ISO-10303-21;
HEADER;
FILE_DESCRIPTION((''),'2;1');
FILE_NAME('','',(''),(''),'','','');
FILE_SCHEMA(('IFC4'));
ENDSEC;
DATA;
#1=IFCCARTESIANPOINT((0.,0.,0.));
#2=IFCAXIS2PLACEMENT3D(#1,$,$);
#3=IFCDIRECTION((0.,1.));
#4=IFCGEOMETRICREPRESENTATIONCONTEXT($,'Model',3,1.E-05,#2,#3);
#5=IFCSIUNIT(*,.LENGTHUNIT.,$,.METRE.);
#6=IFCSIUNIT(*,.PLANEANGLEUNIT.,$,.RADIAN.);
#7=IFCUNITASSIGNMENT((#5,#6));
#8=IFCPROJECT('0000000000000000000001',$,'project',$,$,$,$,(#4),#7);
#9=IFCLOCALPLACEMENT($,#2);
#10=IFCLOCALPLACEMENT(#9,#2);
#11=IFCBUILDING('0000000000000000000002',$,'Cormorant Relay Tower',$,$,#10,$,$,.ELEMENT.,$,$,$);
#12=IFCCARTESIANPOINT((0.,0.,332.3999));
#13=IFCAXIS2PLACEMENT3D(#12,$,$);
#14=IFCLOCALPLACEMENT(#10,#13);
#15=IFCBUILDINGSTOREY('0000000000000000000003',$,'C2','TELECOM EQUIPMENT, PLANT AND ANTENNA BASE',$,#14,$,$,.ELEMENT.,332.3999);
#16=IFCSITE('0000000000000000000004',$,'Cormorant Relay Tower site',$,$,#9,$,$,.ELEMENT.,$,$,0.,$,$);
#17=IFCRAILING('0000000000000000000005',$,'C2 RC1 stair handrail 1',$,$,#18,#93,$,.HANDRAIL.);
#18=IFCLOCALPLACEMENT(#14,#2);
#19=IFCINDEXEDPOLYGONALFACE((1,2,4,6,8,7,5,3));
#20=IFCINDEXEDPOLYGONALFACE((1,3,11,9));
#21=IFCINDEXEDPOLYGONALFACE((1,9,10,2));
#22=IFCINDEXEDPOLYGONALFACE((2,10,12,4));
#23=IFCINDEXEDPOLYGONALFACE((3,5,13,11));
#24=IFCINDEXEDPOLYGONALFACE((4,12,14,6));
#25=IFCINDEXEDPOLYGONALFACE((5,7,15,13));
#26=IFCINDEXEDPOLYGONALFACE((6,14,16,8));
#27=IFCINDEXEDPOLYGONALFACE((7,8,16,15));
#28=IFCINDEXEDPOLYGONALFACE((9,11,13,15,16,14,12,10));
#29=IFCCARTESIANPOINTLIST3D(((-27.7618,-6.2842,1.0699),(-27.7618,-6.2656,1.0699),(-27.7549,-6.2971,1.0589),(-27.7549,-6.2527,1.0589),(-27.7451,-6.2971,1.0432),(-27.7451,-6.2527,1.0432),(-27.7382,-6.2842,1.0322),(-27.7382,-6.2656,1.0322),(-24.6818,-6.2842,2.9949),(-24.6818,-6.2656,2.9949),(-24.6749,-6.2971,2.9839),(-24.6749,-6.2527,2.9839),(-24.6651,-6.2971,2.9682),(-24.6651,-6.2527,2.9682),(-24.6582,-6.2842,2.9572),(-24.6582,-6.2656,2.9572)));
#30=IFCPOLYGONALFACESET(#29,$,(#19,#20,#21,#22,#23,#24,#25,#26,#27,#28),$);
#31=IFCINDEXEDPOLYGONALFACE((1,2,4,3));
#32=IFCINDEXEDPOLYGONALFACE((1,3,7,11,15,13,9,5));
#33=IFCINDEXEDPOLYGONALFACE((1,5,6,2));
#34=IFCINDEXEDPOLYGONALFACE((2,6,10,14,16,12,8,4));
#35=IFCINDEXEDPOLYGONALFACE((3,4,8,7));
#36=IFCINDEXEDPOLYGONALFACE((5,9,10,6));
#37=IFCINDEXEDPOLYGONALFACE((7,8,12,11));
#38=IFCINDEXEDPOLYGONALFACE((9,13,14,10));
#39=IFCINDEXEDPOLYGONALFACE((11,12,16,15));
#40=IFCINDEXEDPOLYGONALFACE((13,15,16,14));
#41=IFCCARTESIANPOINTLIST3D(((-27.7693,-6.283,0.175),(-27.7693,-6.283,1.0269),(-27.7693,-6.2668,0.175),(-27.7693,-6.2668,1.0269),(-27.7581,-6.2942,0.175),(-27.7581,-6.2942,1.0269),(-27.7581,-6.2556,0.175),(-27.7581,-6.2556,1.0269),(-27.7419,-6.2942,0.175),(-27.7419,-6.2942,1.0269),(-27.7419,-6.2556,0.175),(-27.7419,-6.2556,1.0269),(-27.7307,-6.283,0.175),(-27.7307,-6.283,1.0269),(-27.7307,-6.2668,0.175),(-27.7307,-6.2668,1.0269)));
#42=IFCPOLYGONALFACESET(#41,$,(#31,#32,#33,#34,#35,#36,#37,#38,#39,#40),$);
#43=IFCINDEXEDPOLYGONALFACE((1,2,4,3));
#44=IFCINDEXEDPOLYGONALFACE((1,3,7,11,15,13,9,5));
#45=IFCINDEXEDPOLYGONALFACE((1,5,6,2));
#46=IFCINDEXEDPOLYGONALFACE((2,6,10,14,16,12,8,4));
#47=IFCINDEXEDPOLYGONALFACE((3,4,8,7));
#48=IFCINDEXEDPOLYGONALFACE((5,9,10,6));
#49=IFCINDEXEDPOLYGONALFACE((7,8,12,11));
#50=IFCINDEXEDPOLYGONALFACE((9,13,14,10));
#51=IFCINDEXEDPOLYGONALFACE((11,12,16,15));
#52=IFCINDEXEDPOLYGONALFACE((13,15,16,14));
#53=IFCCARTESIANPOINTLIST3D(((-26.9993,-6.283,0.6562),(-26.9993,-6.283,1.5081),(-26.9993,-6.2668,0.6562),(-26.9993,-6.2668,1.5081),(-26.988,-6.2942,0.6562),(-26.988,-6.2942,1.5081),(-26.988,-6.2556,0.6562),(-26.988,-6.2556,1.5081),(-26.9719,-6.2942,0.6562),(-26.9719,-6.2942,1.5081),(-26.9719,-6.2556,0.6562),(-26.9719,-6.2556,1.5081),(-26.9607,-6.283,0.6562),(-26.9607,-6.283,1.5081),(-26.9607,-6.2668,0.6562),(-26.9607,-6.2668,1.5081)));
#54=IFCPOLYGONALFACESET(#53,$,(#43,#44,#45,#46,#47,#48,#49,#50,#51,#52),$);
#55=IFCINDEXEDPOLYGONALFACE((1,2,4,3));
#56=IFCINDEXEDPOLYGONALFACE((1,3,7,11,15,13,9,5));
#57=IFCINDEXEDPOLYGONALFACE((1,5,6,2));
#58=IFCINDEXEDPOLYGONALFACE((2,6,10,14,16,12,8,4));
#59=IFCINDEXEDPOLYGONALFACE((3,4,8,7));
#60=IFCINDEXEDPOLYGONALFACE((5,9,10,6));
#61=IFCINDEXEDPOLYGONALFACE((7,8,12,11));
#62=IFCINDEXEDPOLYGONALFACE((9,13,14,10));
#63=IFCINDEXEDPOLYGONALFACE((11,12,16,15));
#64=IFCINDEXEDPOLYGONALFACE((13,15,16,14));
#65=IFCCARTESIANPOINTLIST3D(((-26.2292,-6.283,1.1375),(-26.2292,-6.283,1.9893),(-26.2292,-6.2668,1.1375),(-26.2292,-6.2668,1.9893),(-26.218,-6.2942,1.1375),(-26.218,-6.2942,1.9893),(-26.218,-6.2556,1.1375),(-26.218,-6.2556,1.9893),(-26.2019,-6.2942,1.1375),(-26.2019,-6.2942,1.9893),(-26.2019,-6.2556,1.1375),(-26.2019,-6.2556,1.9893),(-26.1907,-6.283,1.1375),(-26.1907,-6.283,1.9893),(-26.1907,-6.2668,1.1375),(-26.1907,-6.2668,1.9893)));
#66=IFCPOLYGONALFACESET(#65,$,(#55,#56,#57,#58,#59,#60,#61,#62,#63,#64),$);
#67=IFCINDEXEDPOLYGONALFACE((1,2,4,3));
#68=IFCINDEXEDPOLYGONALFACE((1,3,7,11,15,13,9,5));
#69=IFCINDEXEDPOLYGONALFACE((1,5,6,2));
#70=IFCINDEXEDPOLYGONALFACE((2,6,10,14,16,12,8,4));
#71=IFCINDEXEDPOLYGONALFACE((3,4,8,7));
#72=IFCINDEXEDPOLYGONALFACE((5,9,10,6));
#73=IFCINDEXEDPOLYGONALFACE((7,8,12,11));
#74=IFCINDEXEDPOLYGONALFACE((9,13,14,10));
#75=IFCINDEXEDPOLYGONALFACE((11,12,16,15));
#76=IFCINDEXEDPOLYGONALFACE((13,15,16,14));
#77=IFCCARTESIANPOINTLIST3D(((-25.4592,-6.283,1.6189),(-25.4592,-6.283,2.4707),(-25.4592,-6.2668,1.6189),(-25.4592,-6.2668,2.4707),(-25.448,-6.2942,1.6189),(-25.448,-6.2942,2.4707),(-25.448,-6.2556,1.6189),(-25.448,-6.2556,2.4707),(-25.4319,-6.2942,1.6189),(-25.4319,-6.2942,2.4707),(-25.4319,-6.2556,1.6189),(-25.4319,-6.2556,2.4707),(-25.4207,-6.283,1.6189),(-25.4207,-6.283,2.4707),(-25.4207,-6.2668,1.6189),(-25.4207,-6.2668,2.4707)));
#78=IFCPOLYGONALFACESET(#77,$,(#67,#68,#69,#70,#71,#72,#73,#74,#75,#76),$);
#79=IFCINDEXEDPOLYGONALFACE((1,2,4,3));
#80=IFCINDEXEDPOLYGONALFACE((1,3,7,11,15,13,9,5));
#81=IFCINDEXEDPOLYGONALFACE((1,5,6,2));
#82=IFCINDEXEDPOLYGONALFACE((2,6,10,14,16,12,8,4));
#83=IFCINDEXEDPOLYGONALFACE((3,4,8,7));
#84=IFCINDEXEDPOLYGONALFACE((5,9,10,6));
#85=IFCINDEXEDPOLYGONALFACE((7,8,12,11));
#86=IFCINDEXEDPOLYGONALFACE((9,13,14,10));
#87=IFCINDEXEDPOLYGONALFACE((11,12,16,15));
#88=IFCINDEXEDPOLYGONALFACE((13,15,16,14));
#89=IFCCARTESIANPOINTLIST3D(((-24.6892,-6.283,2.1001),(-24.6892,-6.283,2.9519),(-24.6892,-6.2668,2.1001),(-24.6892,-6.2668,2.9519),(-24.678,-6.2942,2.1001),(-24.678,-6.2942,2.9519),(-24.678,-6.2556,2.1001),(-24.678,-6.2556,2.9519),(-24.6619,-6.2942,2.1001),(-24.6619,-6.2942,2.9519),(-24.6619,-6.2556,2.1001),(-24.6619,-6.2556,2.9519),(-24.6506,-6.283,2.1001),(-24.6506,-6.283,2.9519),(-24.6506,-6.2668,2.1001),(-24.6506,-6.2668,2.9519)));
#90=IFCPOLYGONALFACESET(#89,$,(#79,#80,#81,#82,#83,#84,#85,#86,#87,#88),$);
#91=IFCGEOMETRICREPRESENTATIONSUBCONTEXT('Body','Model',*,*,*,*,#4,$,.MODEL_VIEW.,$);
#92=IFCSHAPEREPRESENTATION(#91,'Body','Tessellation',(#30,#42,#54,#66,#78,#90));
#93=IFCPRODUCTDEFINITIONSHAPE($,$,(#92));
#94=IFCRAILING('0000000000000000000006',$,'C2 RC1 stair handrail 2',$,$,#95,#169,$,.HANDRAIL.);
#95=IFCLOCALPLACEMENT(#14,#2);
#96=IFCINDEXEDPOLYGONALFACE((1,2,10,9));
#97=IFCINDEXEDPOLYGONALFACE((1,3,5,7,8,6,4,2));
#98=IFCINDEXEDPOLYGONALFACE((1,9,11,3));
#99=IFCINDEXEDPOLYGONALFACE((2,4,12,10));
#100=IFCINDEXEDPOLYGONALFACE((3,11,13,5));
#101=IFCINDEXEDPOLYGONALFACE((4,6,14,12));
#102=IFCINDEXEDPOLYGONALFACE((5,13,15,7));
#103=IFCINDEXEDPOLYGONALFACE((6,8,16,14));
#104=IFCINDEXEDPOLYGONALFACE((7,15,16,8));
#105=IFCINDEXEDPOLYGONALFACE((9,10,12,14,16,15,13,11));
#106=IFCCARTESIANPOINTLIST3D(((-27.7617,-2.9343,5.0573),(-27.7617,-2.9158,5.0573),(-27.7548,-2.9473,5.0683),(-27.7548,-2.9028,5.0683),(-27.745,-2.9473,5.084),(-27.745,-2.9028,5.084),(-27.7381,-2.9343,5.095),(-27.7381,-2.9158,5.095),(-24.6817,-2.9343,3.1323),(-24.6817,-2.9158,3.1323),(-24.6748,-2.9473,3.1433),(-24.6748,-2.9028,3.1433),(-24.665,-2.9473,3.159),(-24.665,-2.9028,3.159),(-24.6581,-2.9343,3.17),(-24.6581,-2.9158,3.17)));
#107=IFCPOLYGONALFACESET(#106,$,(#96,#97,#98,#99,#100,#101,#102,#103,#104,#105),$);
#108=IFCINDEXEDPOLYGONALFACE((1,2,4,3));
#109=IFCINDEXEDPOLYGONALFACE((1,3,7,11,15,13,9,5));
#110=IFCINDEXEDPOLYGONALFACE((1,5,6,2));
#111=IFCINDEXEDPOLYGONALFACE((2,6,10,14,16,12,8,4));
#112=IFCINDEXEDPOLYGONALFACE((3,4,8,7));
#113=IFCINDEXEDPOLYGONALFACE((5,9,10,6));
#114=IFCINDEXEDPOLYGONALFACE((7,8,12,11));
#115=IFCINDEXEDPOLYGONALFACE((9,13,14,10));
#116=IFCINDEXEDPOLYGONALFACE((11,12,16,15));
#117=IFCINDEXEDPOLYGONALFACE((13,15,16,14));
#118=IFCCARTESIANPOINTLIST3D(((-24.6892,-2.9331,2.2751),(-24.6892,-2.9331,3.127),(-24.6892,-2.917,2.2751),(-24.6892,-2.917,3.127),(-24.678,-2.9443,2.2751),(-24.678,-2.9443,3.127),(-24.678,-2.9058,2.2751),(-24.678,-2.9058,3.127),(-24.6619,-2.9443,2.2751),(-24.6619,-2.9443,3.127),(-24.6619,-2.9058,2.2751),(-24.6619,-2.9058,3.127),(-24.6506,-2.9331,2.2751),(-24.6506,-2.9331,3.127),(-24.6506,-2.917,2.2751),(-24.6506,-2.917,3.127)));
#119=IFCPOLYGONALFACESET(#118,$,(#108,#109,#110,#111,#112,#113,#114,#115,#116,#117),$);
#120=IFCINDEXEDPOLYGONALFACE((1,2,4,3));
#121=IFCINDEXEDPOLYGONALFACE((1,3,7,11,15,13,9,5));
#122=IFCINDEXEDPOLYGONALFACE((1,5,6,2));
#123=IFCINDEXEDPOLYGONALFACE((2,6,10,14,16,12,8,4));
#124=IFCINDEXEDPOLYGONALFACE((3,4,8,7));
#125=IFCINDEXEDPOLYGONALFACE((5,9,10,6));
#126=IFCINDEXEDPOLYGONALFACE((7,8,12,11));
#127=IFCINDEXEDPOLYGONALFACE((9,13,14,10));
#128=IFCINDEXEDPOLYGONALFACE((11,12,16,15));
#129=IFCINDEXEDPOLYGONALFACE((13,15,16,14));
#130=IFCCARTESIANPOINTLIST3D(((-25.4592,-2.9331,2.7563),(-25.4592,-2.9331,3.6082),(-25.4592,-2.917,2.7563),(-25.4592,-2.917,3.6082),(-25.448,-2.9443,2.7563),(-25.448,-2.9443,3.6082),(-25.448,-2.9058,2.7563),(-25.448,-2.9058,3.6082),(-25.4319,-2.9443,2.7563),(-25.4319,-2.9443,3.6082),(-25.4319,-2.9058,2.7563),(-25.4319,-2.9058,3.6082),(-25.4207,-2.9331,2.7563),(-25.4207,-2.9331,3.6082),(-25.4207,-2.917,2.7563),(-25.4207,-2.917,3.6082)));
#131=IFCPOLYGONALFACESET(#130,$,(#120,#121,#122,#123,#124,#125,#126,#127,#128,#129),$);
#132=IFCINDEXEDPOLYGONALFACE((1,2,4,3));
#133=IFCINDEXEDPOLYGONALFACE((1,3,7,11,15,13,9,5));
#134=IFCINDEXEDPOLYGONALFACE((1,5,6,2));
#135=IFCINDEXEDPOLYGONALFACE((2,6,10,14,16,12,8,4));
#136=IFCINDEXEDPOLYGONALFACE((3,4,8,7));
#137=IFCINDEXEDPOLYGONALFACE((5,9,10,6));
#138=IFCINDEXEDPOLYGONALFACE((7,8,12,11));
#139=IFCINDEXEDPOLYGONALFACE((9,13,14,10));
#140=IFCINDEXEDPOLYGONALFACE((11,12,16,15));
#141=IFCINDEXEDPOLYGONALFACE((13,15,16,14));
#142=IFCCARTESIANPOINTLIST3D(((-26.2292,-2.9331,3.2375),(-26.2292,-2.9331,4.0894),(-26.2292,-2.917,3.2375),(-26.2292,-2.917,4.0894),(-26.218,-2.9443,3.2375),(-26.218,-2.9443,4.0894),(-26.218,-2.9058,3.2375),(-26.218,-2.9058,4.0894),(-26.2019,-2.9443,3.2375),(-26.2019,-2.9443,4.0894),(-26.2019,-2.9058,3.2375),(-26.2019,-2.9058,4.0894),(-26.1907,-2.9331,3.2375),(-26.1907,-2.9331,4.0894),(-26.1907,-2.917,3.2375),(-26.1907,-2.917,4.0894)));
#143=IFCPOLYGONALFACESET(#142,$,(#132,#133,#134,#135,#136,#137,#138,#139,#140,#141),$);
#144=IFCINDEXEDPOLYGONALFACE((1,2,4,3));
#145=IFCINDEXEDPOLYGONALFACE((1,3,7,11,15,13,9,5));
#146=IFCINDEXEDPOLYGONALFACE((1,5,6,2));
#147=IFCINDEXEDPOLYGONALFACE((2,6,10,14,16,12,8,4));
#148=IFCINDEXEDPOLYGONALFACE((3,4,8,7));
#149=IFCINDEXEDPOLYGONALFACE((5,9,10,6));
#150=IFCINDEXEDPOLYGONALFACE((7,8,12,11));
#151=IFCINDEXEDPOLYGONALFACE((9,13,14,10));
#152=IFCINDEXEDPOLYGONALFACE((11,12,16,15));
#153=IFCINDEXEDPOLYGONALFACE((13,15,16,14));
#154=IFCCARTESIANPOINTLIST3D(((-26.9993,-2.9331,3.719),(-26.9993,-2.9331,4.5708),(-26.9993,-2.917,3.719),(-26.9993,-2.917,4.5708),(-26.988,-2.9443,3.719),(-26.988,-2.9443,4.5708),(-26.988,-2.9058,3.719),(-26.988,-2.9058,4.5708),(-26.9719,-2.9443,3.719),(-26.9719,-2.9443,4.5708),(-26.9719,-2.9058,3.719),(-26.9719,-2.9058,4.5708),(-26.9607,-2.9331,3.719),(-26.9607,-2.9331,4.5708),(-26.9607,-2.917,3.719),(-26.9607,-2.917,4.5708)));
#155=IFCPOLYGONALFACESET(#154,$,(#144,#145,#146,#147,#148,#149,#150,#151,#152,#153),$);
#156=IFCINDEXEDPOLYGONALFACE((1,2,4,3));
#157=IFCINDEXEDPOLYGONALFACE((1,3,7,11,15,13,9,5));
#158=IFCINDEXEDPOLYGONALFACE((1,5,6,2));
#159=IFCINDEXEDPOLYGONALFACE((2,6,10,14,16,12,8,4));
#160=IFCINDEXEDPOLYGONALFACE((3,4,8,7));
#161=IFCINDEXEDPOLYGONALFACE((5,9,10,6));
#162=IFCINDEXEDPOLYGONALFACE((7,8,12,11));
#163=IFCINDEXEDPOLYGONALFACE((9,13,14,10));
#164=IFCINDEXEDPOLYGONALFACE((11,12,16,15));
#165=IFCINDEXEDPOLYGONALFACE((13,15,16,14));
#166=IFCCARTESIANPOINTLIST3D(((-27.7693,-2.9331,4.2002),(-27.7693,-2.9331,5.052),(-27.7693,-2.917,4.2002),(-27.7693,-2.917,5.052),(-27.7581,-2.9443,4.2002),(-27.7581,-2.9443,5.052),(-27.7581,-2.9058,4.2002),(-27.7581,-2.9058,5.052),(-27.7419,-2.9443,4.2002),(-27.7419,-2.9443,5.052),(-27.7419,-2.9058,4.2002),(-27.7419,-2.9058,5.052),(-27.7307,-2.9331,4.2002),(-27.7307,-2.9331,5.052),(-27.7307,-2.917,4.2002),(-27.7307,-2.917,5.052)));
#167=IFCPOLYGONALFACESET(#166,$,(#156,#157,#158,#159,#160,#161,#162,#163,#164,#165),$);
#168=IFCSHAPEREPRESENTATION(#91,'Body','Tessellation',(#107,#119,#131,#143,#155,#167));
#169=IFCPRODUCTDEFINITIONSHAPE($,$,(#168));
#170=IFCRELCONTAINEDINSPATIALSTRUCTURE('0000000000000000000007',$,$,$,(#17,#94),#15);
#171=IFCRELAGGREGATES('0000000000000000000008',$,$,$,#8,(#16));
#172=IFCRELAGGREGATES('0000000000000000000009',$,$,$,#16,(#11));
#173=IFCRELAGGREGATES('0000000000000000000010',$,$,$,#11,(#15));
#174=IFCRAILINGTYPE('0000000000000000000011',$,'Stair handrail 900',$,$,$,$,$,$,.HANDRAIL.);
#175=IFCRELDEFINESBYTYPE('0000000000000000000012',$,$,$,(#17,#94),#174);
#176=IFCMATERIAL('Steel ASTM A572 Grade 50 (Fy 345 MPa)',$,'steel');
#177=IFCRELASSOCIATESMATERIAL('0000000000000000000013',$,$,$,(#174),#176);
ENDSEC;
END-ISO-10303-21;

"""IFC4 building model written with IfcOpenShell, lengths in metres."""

from ifc_helpers import new_model, si_unit, direction, frame, origin, place, context, subcontext, project, spatial, polyline, outline, extrude, material, type_object, element, save


model = new_model("IFC4")

# Units and contexts
model_context = context("Model", 3, precision=1e-05, world=origin(), true_north=direction((0.0, 1.0)))
body_context = subcontext(model_context, "Body", "Model", "MODEL_VIEW")
ifc_project = project(units=[si_unit("LENGTHUNIT", "METRE"), si_unit("PLANEANGLEUNIT", "RADIAN")], contexts=[model_context])

# Site, building, storey
site_placement = place(None, origin())
site = spatial("IfcSite", under=ifc_project, at=site_placement, Name="Cormorant Relay Tower site", CompositionType="ELEMENT", RefElevation=0.0)
building_placement = place(site_placement, origin())
building = spatial("IfcBuilding", under=site, at=building_placement, Name="Cormorant Relay Tower", CompositionType="ELEMENT")
storey_placement = place(building_placement, frame((0.0, 0.0, 332.3999)))
storey = spatial("IfcBuildingStorey", under=building, at=storey_placement, Name="C2", Description="TELECOM EQUIPMENT, PLANT AND ANTENNA BASE", CompositionType="ELEMENT", Elevation=332.3999)

# Railings
ifc_material_1 = material(Name="Steel ASTM A572 Grade 50 (Fy 345 MPa)", Category="steel")
railing_type_1 = type_object("IfcRailingType", Name="Stair handrail 900", PredefinedType="HANDRAIL", material=ifc_material_1)
railing_1_placement = place(storey_placement, frame((-27.75, -6.2749, 0.175)))
element("IfcRailing", 1, at=railing_1_placement, inside=storey, type_object=railing_type_1, Name="C2 RC1 stair handrail 1", PredefinedType="HANDRAIL", context=body_context, shape_type="SweptSolid", body=[
    extrude(outline(polyline([(0.0222, 0.0093), (0.0093, 0.0222), (-0.0093, 0.0222), (-0.0222, 0.0093), (-0.0222, -0.0093), (-0.0093, -0.0222), (0.0093, -0.0222), (0.0222, -0.0093), (0.0222, 0.0093)])), frame((0.0, 0.0, 0.876), z_axis=(0.847998, 0.0, 0.529999), x_axis=(0.0, 1.0, 0.0)), (0.0, 0.0, 1.0), 3.6321),
    extrude(outline(polyline([(0.0193, 0.0081), (0.0081, 0.0193), (-0.0081, 0.0193), (-0.0193, 0.0081), (-0.0193, -0.0081), (-0.0081, -0.0193), (0.0081, -0.0193), (0.0193, -0.0081), (0.0193, 0.0081)])), origin(), (0.0, 0.0, 1.0), 0.8518),
    extrude(outline(polyline([(0.0193, 0.0081), (0.0081, 0.0193), (-0.0081, 0.0193), (-0.0193, 0.0081), (-0.0193, -0.0081), (-0.0081, -0.0193), (0.0081, -0.0193), (0.0193, -0.0081), (0.0193, 0.0081)])), frame((0.77, 0.0, 0.4812)), (0.0, 0.0, 1.0), 0.8518),
    extrude(outline(polyline([(0.0193, 0.0081), (0.0081, 0.0193), (-0.0081, 0.0193), (-0.0193, 0.0081), (-0.0193, -0.0081), (-0.0081, -0.0193), (0.0081, -0.0193), (0.0193, -0.0081), (0.0193, 0.0081)])), frame((1.54, 0.0, 0.9624)), (0.0, 0.0, 1.0), 0.8518),
    extrude(outline(polyline([(0.0193, 0.0081), (0.0081, 0.0193), (-0.0081, 0.0193), (-0.0193, 0.0081), (-0.0193, -0.0081), (-0.0081, -0.0193), (0.0081, -0.0193), (0.0193, -0.0081), (0.0193, 0.0081)])), frame((2.3101, 0.0, 1.4438)), (0.0, 0.0, 1.0), 0.8518),
    extrude(outline(polyline([(0.0193, 0.0081), (0.0081, 0.0193), (-0.0081, 0.0193), (-0.0193, 0.0081), (-0.0193, -0.0081), (-0.0081, -0.0193), (0.0081, -0.0193), (0.0193, -0.0081), (0.0193, 0.0081)])), frame((3.0801, 0.0, 1.925)), (0.0, 0.0, 1.0), 0.8518),
])
railing_2_placement = place(storey_placement, frame((-24.6699, -2.925, 2.2751)))
element("IfcRailing", 2, at=railing_2_placement, inside=storey, type_object=railing_type_1, Name="C2 RC1 stair handrail 2", PredefinedType="HANDRAIL", context=body_context, shape_type="SweptSolid", body=[
    extrude(outline(polyline([(0.0222, 0.0093), (0.0093, 0.0222), (-0.0093, 0.0222), (-0.0222, 0.0093), (-0.0222, -0.0093), (-0.0093, -0.0222), (0.0093, -0.0222), (0.0222, -0.0093), (0.0222, 0.0093)])), frame((0.0, 0.0, 0.876), z_axis=(-0.847998, 0.0, 0.529999), x_axis=(0.0, -1.0, 0.0)), (0.0, 0.0, 1.0), 3.6321),
    extrude(outline(polyline([(0.0193, 0.0081), (0.0081, 0.0193), (-0.0081, 0.0193), (-0.0193, 0.0081), (-0.0193, -0.0081), (-0.0081, -0.0193), (0.0081, -0.0193), (0.0193, -0.0081), (0.0193, 0.0081)])), origin(), (0.0, 0.0, 1.0), 0.8518),
    extrude(outline(polyline([(0.0193, 0.0081), (0.0081, 0.0193), (-0.0081, 0.0193), (-0.0193, 0.0081), (-0.0193, -0.0081), (-0.0081, -0.0193), (0.0081, -0.0193), (0.0193, -0.0081), (0.0193, 0.0081)])), frame((-0.77, 0.0, 0.4812)), (0.0, 0.0, 1.0), 0.8518),
    extrude(outline(polyline([(0.0193, 0.0081), (0.0081, 0.0193), (-0.0081, 0.0193), (-0.0193, 0.0081), (-0.0193, -0.0081), (-0.0081, -0.0193), (0.0081, -0.0193), (0.0193, -0.0081), (0.0193, 0.0081)])), frame((-1.54, 0.0, 0.9624)), (0.0, 0.0, 1.0), 0.8518),
    extrude(outline(polyline([(0.0193, 0.0081), (0.0081, 0.0193), (-0.0081, 0.0193), (-0.0193, 0.0081), (-0.0193, -0.0081), (-0.0081, -0.0193), (0.0081, -0.0193), (0.0193, -0.0081), (0.0193, 0.0081)])), frame((-2.3101, 0.0, 1.4438)), (0.0, 0.0, 1.0), 0.8518),
    extrude(outline(polyline([(0.0193, 0.0081), (0.0081, 0.0193), (-0.0081, 0.0193), (-0.0193, 0.0081), (-0.0193, -0.0081), (-0.0081, -0.0193), (0.0081, -0.0193), (0.0193, -0.0081), (0.0193, 0.0081)])), frame((-3.0801, 0.0, 1.925)), (0.0, 0.0, 1.0), 0.8518),
])

save(model, "model.ifc")
